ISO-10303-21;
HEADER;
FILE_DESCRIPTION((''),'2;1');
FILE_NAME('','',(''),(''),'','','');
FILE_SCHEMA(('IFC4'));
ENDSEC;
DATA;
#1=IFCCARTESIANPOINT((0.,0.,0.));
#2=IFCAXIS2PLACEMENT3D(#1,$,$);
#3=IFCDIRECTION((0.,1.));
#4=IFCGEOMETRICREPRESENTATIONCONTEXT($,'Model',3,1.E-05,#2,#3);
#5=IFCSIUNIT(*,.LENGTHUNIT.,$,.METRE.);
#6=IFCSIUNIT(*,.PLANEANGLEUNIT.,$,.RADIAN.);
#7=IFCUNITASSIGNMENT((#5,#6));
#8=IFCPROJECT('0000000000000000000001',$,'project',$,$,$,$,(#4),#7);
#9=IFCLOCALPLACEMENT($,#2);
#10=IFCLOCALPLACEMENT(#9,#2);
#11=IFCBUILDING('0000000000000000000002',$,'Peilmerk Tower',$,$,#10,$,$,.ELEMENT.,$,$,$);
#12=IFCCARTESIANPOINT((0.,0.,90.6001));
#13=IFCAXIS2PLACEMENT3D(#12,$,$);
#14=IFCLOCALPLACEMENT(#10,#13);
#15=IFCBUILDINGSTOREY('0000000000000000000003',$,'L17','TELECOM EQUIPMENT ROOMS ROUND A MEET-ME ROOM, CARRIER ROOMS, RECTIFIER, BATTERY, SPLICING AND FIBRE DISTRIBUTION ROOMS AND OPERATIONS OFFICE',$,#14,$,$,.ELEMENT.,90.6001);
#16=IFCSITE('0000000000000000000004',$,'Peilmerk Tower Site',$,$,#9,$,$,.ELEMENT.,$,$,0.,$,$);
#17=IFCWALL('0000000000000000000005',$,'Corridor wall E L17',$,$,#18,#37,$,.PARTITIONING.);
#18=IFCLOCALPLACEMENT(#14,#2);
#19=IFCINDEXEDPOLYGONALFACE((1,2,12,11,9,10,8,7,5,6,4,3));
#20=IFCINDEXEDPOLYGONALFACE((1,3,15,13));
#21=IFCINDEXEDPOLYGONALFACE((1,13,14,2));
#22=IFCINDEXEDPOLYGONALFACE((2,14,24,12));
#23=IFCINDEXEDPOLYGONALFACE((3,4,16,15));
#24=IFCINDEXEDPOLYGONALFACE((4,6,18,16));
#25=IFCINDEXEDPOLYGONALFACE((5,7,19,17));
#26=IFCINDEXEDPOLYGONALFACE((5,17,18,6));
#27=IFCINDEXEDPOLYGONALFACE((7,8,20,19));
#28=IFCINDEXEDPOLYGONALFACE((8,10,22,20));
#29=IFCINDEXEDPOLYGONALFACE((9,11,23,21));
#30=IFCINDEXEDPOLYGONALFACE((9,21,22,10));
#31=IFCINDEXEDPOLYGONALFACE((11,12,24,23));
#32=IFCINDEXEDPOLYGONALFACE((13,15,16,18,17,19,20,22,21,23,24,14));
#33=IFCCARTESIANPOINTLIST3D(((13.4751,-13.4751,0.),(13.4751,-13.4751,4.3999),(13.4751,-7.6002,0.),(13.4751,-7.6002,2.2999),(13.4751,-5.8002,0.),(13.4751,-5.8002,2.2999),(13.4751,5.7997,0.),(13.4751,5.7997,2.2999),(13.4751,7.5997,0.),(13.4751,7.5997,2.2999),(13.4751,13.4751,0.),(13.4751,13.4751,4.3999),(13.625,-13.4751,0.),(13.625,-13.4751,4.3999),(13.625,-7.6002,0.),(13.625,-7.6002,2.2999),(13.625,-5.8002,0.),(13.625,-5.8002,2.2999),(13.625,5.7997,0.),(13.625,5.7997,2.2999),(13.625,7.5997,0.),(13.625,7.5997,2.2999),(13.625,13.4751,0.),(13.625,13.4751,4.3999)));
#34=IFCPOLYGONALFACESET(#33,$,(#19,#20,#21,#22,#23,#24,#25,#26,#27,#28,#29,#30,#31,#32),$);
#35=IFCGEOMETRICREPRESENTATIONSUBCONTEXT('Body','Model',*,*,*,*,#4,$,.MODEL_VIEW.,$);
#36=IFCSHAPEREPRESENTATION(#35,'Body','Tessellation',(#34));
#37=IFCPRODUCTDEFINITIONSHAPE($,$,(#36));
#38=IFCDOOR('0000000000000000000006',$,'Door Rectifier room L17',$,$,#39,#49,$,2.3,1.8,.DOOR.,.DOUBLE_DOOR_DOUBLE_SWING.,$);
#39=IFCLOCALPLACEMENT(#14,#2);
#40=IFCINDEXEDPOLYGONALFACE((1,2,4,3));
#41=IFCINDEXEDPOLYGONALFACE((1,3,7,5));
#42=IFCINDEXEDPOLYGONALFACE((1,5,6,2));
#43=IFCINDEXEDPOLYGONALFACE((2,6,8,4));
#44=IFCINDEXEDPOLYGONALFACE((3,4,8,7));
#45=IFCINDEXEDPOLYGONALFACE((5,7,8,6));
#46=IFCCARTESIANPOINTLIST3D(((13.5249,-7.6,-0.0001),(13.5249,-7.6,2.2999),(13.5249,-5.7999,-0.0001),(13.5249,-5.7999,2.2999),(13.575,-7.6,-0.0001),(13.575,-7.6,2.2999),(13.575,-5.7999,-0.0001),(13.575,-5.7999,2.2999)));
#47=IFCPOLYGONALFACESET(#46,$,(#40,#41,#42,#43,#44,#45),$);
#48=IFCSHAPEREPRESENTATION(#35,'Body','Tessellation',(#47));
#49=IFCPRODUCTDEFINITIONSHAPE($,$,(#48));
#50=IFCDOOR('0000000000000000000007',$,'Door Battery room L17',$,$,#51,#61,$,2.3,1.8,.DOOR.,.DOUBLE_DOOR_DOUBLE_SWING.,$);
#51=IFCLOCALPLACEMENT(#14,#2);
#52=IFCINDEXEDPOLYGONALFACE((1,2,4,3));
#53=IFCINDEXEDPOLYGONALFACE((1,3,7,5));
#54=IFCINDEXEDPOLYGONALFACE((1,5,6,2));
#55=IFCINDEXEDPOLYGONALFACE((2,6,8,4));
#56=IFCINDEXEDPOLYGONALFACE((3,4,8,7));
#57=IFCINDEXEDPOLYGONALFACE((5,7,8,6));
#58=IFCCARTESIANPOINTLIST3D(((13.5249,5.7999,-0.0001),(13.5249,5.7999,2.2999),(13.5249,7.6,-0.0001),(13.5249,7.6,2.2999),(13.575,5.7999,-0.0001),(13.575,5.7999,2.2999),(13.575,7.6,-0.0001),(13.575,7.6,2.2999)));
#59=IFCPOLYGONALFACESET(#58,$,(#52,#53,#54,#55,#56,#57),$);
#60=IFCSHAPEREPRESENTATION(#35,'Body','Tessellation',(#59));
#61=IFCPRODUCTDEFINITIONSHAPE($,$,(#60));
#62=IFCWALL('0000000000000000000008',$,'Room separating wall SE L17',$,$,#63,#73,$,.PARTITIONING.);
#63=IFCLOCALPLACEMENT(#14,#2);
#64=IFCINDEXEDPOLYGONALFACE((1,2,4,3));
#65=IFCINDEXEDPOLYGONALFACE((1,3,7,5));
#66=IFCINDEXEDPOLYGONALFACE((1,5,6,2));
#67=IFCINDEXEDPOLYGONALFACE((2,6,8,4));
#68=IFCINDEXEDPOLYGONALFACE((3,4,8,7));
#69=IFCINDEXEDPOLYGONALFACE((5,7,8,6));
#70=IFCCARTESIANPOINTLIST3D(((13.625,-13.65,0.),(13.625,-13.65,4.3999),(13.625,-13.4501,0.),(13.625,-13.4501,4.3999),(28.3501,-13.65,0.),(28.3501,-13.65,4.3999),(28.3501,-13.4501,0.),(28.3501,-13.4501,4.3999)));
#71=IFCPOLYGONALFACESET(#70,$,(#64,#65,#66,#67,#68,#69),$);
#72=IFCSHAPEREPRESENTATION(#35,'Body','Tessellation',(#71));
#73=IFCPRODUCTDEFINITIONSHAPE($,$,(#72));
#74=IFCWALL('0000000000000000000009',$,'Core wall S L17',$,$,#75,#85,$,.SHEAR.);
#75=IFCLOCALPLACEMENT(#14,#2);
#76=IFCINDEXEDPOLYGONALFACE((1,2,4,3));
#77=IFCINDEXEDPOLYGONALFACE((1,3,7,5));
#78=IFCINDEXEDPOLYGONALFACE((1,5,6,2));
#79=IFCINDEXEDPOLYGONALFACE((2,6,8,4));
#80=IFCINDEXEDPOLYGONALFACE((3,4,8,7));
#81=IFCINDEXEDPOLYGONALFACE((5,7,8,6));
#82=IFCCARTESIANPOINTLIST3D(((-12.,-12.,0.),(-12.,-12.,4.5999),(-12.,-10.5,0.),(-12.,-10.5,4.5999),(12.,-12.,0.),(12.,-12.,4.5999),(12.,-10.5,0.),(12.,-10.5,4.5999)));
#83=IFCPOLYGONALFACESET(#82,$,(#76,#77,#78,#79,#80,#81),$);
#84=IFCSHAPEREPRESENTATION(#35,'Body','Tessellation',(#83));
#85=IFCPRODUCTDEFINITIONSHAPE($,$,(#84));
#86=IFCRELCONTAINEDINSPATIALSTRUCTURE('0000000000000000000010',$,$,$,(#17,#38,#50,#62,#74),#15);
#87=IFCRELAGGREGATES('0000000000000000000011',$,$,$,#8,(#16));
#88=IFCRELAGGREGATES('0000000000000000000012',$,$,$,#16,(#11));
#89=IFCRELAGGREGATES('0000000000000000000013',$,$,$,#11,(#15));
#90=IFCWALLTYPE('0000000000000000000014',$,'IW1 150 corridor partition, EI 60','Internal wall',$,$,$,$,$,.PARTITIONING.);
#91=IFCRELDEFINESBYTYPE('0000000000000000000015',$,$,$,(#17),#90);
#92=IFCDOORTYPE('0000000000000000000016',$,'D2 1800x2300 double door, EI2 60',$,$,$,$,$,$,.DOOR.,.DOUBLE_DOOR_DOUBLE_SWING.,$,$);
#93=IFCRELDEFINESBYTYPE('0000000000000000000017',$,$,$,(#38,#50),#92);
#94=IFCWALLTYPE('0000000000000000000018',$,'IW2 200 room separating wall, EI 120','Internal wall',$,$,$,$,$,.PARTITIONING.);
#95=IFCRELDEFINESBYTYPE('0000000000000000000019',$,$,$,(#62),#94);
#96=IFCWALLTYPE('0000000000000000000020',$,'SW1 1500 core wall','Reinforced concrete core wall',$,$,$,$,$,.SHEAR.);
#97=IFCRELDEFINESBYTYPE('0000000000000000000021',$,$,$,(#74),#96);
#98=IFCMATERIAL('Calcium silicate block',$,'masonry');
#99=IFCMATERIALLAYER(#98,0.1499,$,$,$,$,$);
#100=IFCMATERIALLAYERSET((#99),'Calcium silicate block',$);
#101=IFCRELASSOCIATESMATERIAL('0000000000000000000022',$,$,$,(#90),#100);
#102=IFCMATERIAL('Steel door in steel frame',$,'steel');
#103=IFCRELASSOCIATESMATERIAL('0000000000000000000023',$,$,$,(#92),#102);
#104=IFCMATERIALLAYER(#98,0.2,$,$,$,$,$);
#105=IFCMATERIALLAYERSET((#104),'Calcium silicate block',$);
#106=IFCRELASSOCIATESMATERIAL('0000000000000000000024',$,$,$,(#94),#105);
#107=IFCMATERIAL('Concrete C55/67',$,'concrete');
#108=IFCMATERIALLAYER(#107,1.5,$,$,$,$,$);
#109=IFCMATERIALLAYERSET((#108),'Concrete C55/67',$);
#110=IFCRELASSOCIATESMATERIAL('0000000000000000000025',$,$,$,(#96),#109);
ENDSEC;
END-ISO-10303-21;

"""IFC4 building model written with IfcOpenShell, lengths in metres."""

from ifc_helpers import new_model, si_unit, direction, frame, frame_2d, origin, place, context, subcontext, project, spatial, rectangle, extrude, material, layer, layer_set, type_object, element, fill, save


model = new_model("IFC4")

# Units and contexts
model_context = context("Model", 3, precision=1e-05, world=origin(), true_north=direction((0.0, 1.0)))
body_context = subcontext(model_context, "Body", "Model", "MODEL_VIEW")
ifc_project = project(units=[si_unit("LENGTHUNIT", "METRE"), si_unit("PLANEANGLEUNIT", "RADIAN")], contexts=[model_context])

# Site, building, storey
site_placement = place(None, origin())
site = spatial("IfcSite", under=ifc_project, at=site_placement, Name="Peilmerk Tower Site", CompositionType="ELEMENT", RefElevation=0.0)
building_placement = place(site_placement, origin())
building = spatial("IfcBuilding", under=site, at=building_placement, Name="Peilmerk Tower", CompositionType="ELEMENT")
storey_placement = place(building_placement, frame((0.0, 0.0, 90.6001)))
storey = spatial("IfcBuildingStorey", under=building, at=storey_placement, Name="L17", Description="TELECOM EQUIPMENT ROOMS ROUND A MEET-ME ROOM, CARRIER ROOMS, RECTIFIER, BATTERY, SPLICING AND FIBRE DISTRIBUTION ROOMS AND OPERATIONS OFFICE", CompositionType="ELEMENT", Elevation=90.6001)

# Wall, openings, doors
ifc_material_1 = material(Name="Calcium silicate block", Category="masonry")
ifc_layer_1 = layer(ifc_material_1, 0.1499)
ifc_layer_set_1 = layer_set([ifc_layer_1], Name="Calcium silicate block")
wall_type_1 = type_object("IfcWallType", Name="IW1 150 corridor partition, EI 60", Description="Internal wall", PredefinedType="PARTITIONING", material=ifc_layer_set_1)
ifc_material_2 = material(Name="Steel door in steel frame", Category="steel")
door_type_1 = type_object("IfcDoorType", Name="D2 1800x2300 double door, EI2 60", OperationType="DOUBLE_DOOR_DOUBLE_SWING", PredefinedType="DOOR", material=ifc_material_2)
wall_1_placement = place(storey_placement, frame((13.55, -13.4751, 0.0), z_axis=(0.0, 0.0, 1.0), x_axis=(0.0, 1.0, 0.0)))
wall_1 = element("IfcWall", 1, at=wall_1_placement, inside=storey, type_object=wall_type_1, Name="Corridor wall E L17", PredefinedType="PARTITIONING", context=body_context, shape_type="SweptSolid", body=[
    extrude(rectangle(XDim=26.9502, YDim=0.1499, at=frame_2d((13.4751, 0.0))), origin(), (0.0, 0.0, 1.0), 4.3999),
])
opening_1_placement = place(wall_1_placement, frame((5.875, 0.0, 0.0)))
opening_1 = element("IfcOpeningElement", 2, at=opening_1_placement, cuts=wall_1, PredefinedType="OPENING", context=body_context, shape_type="SweptSolid", body=[
    extrude(rectangle(XDim=1.8, YDim=2.3, at=frame_2d((0.8999, 1.1499))), frame((0.0, 0.085, 0.0), z_axis=(0.0, -1.0, 0.0), x_axis=(1.0, 0.0, 0.0)), (0.0, 0.0, 1.0), 0.1699),
])
opening_2_placement = place(wall_1_placement, frame((19.2749, 0.0, 0.0)))
opening_2 = element("IfcOpeningElement", 3, at=opening_2_placement, cuts=wall_1, PredefinedType="OPENING", context=body_context, shape_type="SweptSolid", body=[
    extrude(rectangle(XDim=1.8, YDim=2.3, at=frame_2d((0.8999, 1.1499))), frame((0.0, 0.085, 0.0), z_axis=(0.0, -1.0, 0.0), x_axis=(1.0, 0.0, 0.0)), (0.0, 0.0, 1.0), 0.1699),
])
door_1_placement = place(opening_1_placement, frame((1.8, 0.0, 0.0), z_axis=(0.0, 0.0, 1.0), x_axis=(-1.0, 0.0, 0.0)))
door_1 = element("IfcDoor", 4, at=door_1_placement, inside=storey, type_object=door_type_1, Name="Door Rectifier room L17", OperationType="DOUBLE_DOOR_DOUBLE_SWING", OverallHeight=2.3, OverallWidth=1.8, PredefinedType="DOOR", context=body_context, shape_type="SweptSolid", body=[
    extrude(rectangle(XDim=1.8, YDim=2.3, at=frame_2d((0.8999, 1.1499))), frame((0.0, 0.0249, 0.0), z_axis=(0.0, -1.0, 0.0), x_axis=(1.0, 0.0, 0.0)), (0.0, 0.0, 1.0), 0.05),
])
fill(opening_1, door_1)
door_2_placement = place(opening_2_placement, frame((1.8, 0.0, 0.0), z_axis=(0.0, 0.0, 1.0), x_axis=(-1.0, 0.0, 0.0)))
door_2 = element("IfcDoor", 5, at=door_2_placement, inside=storey, type_object=door_type_1, Name="Door Battery room L17", OperationType="DOUBLE_DOOR_DOUBLE_SWING", OverallHeight=2.3, OverallWidth=1.8, PredefinedType="DOOR", context=body_context, shape_type="SweptSolid", body=[
    extrude(rectangle(XDim=1.8, YDim=2.3, at=frame_2d((0.8999, 1.1499))), frame((0.0, 0.0249, 0.0), z_axis=(0.0, -1.0, 0.0), x_axis=(1.0, 0.0, 0.0)), (0.0, 0.0, 1.0), 0.05),
])
fill(opening_2, door_2)

# Walls
ifc_layer_2 = layer(ifc_material_1, 0.2)
ifc_layer_set_2 = layer_set([ifc_layer_2], Name="Calcium silicate block")
wall_type_2 = type_object("IfcWallType", Name="IW2 200 room separating wall, EI 120", Description="Internal wall", PredefinedType="PARTITIONING", material=ifc_layer_set_2)
wall_2_placement = place(storey_placement, frame((28.3501, -13.55, 0.0), z_axis=(0.0, 0.0, 1.0), x_axis=(-1.0, 0.0, 0.0)))
element("IfcWall", 6, at=wall_2_placement, inside=storey, type_object=wall_type_2, Name="Room separating wall SE L17", PredefinedType="PARTITIONING", context=body_context, shape_type="SweptSolid", body=[
    extrude(rectangle(XDim=14.7251, YDim=0.2, at=frame_2d((7.3625, 0.0))), origin(), (0.0, 0.0, 1.0), 4.3999),
])
ifc_material_3 = material(Name="Concrete C55/67", Category="concrete")
ifc_layer_3 = layer(ifc_material_3, 1.5)
ifc_layer_set_3 = layer_set([ifc_layer_3], Name="Concrete C55/67")
wall_type_3 = type_object("IfcWallType", Name="SW1 1500 core wall", Description="Reinforced concrete core wall", PredefinedType="SHEAR", material=ifc_layer_set_3)
wall_3_placement = place(storey_placement, frame((12.0, -11.25, 0.0), z_axis=(0.0, 0.0, 1.0), x_axis=(-1.0, 0.0, 0.0)))
element("IfcWall", 7, at=wall_3_placement, inside=storey, type_object=wall_type_3, Name="Core wall S L17", PredefinedType="SHEAR", context=body_context, shape_type="SweptSolid", body=[
    extrude(rectangle(XDim=24.0, YDim=1.5, at=frame_2d((12.0, 0.0))), origin(), (0.0, 0.0, 1.0), 4.5999),
])

save(model, "model.ifc")
